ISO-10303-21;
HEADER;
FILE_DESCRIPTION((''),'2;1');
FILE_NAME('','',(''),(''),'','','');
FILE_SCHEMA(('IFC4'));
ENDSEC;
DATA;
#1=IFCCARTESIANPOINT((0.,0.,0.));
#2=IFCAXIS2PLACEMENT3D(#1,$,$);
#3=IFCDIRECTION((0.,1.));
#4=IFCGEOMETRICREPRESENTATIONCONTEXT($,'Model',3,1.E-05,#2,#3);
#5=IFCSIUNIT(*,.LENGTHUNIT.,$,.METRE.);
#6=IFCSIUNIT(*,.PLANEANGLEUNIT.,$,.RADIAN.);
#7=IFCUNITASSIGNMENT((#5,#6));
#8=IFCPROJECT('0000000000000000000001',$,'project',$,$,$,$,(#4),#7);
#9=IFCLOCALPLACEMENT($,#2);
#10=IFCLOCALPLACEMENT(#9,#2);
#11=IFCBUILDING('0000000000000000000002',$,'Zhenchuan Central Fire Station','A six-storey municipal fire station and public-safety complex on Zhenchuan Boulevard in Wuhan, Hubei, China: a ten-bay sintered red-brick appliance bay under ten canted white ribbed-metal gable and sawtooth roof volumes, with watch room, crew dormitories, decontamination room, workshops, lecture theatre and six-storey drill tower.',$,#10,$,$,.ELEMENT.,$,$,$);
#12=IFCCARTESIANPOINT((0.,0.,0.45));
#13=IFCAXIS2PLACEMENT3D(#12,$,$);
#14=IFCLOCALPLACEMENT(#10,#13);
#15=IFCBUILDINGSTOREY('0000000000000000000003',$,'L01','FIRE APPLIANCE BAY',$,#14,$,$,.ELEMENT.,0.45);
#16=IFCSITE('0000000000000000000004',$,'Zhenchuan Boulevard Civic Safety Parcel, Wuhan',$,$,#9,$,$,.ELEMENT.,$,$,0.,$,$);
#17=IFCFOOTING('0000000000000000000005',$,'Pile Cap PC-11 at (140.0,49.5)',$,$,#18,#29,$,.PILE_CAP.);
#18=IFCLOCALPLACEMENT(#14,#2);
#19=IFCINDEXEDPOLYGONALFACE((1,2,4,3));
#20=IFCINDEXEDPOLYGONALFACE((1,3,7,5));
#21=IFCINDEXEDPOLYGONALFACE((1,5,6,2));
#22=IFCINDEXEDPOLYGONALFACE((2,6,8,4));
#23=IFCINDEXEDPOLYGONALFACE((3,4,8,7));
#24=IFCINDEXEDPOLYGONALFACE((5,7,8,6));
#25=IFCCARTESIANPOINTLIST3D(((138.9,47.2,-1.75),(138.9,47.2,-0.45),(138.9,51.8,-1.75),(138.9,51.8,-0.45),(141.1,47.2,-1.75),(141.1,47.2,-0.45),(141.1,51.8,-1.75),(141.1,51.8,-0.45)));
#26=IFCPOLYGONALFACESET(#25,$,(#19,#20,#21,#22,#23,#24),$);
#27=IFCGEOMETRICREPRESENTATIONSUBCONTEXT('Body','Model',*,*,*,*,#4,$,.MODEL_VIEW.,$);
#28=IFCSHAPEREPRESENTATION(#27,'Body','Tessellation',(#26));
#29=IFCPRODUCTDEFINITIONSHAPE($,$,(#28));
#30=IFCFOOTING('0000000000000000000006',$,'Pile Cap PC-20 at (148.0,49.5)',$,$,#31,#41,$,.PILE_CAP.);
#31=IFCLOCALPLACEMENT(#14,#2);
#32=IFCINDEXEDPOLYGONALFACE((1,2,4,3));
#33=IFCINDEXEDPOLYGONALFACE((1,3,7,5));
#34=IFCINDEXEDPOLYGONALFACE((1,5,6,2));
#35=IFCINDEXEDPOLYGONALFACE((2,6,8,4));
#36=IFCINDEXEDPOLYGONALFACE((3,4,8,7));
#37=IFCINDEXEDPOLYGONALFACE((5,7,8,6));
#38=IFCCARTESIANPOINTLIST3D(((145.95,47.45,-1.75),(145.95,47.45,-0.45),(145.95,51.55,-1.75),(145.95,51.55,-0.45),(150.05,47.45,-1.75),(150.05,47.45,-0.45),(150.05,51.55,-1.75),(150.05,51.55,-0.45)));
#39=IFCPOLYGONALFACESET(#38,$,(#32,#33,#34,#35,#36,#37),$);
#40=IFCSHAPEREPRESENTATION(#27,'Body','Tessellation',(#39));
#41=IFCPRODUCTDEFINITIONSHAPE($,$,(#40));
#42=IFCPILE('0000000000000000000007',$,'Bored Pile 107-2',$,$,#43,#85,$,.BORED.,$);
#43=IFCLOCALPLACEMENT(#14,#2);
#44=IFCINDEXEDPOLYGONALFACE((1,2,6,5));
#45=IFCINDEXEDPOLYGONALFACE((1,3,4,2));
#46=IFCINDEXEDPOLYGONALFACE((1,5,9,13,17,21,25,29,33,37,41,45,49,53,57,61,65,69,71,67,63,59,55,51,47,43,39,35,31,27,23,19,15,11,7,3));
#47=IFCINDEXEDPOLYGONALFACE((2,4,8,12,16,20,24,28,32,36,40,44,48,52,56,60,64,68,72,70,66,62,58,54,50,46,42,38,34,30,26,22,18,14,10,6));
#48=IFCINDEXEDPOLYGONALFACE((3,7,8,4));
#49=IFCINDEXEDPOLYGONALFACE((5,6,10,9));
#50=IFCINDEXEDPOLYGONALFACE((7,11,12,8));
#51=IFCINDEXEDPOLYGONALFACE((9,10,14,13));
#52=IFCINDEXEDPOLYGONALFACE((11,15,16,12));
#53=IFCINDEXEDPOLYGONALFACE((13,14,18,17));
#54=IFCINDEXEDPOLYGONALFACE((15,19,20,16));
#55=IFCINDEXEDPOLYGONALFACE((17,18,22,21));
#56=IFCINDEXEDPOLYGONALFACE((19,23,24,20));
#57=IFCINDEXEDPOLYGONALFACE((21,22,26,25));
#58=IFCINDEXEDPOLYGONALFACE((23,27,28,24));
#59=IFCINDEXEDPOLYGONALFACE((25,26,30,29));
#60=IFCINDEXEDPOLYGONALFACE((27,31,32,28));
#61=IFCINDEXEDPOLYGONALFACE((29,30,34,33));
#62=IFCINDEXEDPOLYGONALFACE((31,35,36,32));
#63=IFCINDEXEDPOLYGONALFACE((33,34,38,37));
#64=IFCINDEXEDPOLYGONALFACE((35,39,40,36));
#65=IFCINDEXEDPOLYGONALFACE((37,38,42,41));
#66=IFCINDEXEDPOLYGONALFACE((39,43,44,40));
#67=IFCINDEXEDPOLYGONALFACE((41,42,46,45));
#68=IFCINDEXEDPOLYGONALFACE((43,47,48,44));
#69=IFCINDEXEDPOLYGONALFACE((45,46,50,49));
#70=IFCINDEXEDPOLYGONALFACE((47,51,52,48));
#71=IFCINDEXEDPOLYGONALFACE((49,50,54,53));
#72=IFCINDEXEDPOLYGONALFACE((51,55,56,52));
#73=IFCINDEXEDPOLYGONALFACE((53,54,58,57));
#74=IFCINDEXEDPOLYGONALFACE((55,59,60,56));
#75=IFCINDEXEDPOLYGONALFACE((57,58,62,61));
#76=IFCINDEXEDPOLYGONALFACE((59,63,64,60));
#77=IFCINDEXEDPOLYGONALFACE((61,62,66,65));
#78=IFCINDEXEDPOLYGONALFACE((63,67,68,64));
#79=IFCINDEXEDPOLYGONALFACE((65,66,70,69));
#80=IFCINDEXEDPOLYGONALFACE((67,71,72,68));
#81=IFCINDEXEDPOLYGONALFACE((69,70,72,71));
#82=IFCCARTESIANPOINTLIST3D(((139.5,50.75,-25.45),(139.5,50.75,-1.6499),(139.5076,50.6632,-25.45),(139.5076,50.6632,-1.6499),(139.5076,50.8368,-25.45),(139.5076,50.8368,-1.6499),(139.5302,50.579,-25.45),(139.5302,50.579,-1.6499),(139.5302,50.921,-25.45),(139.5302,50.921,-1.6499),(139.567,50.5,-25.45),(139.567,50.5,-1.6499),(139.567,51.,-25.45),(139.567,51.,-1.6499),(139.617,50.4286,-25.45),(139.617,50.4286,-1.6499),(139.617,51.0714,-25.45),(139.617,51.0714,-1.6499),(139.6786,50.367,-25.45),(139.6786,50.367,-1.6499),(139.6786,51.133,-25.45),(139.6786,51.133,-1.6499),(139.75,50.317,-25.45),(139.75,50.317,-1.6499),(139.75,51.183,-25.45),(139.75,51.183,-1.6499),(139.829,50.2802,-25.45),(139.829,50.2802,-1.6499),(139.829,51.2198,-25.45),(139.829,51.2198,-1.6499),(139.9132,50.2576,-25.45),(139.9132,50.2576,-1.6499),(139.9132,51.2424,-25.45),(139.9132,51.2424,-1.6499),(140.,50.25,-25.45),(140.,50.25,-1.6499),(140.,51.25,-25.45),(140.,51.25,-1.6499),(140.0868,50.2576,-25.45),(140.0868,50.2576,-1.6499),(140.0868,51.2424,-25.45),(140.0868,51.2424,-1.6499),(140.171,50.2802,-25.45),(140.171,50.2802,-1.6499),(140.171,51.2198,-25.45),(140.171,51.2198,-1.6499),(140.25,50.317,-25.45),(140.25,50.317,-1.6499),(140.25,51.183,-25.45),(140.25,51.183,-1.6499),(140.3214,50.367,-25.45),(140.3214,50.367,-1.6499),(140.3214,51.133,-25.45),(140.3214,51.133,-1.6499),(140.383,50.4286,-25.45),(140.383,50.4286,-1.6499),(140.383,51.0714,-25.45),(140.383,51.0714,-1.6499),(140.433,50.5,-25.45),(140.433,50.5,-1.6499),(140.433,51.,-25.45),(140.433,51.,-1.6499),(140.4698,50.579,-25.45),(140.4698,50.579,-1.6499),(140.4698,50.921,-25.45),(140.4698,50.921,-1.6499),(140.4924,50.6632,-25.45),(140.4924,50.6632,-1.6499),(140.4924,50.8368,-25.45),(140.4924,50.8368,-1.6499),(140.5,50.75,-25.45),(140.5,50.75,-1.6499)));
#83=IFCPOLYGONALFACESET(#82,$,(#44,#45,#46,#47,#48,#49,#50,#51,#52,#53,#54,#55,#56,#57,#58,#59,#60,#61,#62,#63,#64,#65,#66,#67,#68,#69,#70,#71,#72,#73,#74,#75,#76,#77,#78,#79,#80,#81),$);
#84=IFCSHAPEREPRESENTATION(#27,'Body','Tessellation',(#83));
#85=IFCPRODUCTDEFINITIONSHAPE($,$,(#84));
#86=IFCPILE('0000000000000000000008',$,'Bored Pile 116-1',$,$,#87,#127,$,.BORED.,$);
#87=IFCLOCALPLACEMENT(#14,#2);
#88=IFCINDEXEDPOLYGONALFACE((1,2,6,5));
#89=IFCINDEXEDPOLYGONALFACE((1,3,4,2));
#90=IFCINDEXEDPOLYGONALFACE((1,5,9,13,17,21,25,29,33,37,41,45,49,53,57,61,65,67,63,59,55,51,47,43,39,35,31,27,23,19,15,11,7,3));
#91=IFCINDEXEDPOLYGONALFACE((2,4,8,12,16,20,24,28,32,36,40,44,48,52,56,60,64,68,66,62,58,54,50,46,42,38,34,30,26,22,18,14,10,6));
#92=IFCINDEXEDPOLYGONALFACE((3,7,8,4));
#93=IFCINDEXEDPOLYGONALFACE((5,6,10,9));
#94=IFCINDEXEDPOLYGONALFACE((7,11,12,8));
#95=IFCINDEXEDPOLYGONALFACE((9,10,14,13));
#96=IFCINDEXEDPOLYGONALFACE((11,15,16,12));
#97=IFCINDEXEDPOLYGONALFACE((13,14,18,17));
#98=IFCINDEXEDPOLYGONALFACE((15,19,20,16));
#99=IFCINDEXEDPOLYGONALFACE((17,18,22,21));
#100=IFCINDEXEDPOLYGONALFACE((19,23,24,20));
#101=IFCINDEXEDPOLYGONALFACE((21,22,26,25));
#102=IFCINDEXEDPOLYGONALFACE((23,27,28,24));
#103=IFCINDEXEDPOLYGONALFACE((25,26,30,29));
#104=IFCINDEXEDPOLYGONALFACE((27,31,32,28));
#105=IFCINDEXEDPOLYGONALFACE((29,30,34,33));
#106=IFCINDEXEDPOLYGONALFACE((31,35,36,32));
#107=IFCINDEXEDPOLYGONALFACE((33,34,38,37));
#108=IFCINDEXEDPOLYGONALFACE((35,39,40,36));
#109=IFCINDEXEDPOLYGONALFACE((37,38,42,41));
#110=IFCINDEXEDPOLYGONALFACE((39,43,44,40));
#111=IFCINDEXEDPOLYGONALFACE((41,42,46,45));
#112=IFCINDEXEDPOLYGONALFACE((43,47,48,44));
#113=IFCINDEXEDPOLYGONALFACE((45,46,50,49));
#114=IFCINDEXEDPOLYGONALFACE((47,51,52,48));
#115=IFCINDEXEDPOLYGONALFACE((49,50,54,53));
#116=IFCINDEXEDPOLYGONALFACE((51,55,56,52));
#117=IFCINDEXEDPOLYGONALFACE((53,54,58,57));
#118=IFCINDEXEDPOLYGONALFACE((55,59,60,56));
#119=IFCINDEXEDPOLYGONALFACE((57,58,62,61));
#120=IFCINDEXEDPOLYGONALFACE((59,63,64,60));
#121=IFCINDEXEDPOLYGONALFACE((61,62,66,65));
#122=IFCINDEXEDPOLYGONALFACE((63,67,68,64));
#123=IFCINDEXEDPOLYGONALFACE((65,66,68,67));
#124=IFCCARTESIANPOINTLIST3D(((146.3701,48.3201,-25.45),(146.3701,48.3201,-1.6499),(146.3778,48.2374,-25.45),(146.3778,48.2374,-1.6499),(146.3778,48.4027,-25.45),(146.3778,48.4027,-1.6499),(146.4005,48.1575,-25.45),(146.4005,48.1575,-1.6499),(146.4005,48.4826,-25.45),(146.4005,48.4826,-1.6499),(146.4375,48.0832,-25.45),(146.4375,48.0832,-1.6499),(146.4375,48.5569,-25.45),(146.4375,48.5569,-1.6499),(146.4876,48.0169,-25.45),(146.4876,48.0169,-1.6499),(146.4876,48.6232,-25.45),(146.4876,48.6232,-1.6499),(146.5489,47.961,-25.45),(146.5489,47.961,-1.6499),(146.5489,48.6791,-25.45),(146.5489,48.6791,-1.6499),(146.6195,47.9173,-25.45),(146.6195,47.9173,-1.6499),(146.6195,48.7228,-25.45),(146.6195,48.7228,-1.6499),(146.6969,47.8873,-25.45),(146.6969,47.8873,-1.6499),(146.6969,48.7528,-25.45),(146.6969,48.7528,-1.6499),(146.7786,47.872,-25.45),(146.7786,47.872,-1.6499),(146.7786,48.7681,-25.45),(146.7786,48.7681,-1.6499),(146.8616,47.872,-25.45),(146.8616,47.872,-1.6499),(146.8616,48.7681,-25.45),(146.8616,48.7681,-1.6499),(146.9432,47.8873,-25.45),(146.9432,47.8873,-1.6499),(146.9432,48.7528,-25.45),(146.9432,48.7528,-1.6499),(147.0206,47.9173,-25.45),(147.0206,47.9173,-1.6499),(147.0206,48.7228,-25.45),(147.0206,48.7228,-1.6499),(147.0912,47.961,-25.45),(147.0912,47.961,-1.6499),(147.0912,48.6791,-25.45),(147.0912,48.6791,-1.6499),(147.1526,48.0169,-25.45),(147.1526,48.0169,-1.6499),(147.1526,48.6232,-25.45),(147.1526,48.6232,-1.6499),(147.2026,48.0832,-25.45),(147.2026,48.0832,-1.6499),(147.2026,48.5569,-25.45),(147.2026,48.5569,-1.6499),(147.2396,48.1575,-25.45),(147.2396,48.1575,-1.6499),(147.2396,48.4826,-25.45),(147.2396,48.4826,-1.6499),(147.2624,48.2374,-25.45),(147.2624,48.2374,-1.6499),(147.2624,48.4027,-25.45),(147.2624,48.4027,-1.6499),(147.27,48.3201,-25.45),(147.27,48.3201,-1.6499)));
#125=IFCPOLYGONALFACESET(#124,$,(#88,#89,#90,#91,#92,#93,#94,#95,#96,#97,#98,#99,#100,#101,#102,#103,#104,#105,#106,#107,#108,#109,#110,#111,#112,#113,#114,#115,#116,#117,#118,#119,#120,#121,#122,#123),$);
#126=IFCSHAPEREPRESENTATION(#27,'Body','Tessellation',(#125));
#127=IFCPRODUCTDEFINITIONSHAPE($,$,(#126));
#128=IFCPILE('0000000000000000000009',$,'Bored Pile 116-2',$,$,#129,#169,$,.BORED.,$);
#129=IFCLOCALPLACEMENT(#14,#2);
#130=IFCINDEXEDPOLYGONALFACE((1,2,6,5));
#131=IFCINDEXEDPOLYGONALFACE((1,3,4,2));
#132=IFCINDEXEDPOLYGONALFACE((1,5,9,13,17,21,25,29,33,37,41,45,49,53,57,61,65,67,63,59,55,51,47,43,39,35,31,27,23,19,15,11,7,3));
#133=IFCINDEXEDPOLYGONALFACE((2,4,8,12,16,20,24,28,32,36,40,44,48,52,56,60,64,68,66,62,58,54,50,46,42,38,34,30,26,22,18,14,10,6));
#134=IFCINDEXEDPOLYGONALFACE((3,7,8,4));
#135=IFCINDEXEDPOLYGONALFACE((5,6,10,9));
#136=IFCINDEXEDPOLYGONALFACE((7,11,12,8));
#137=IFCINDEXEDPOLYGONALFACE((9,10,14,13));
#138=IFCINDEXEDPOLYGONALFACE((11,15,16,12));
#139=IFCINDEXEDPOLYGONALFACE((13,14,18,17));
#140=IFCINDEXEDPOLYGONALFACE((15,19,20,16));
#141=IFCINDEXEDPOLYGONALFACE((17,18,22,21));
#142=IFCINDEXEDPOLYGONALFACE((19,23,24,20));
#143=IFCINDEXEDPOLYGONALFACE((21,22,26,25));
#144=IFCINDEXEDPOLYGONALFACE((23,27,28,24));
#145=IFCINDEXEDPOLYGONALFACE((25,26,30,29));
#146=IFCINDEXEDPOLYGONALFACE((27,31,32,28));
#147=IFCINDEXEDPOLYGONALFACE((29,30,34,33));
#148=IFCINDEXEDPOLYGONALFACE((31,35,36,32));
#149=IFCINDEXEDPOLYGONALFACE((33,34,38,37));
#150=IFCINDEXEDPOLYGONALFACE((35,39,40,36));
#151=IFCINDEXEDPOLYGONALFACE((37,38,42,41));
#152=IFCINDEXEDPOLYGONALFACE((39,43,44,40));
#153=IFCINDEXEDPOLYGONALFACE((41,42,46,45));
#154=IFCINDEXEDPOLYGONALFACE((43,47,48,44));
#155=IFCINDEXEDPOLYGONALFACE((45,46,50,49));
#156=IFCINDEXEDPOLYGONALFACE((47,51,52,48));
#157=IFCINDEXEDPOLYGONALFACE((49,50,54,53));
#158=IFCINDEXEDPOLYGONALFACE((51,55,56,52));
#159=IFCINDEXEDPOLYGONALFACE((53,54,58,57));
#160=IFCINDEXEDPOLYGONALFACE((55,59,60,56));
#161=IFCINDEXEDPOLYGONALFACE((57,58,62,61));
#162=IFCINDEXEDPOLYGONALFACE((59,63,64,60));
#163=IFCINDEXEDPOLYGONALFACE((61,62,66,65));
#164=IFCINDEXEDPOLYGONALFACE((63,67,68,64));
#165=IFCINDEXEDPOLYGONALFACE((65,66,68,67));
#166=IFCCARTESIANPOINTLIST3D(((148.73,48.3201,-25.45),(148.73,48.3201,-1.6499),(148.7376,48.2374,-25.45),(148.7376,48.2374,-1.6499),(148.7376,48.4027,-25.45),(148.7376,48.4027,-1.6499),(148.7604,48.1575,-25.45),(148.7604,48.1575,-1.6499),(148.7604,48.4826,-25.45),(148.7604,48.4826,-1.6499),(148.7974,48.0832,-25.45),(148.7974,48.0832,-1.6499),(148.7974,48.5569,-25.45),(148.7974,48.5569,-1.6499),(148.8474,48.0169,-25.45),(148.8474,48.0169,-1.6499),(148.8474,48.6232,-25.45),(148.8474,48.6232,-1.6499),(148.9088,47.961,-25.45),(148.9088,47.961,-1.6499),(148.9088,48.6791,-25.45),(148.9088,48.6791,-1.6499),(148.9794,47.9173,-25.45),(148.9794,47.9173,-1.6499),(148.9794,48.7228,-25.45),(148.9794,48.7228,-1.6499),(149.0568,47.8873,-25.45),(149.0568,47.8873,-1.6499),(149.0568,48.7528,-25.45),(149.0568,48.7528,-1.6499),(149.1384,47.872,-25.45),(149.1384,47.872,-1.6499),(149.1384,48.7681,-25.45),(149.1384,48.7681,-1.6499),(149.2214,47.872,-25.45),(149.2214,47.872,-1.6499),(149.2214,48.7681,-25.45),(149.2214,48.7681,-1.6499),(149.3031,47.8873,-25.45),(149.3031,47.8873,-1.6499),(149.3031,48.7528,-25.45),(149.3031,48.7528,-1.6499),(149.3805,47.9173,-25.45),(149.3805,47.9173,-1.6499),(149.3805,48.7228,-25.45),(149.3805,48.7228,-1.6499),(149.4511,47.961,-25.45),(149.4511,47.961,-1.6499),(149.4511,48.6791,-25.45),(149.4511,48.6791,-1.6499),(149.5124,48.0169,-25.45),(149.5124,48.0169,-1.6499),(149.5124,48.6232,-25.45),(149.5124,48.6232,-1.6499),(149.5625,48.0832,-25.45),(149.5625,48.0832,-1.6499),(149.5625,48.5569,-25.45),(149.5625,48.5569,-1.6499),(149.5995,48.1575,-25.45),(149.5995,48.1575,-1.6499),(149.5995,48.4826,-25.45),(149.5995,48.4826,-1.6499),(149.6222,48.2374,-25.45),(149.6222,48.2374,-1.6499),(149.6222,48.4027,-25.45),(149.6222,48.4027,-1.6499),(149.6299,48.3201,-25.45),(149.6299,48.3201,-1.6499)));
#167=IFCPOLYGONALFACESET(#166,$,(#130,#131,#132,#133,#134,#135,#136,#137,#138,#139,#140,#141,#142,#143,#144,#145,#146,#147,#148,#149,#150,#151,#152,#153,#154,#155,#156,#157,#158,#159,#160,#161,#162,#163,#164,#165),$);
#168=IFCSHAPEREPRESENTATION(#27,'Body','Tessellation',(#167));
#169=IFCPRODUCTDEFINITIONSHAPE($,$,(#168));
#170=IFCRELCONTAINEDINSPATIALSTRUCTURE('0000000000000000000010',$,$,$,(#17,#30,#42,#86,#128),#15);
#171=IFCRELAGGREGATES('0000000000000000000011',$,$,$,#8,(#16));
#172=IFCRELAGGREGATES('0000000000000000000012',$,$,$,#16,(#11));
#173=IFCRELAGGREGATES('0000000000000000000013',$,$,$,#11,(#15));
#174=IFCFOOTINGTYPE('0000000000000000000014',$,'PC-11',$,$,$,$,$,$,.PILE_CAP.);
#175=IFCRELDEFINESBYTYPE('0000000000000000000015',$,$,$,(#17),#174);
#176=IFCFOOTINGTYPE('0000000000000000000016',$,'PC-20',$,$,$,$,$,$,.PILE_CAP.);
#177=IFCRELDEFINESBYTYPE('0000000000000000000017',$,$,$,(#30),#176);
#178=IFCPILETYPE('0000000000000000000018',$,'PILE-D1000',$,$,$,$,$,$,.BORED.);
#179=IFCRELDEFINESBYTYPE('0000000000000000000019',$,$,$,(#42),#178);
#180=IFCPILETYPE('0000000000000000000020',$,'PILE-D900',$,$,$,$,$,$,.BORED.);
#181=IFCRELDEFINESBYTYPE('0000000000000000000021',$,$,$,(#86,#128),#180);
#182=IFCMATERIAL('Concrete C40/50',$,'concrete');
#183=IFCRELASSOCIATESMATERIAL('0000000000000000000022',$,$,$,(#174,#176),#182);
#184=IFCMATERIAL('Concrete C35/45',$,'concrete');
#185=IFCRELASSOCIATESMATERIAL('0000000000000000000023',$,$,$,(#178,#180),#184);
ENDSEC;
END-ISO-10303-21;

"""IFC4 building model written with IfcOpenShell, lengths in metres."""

from ifc_helpers import new_model, si_unit, direction, frame, origin, origin_2d, place, context, subcontext, project, spatial, rectangle, circle, extrude, material, material_profile, profile_set, type_object, element, save


model = new_model("IFC4")

# Units and contexts
model_context = context("Model", 3, precision=1e-05, world=origin(), true_north=direction((0.0, 1.0)))
body_context = subcontext(model_context, "Body", "Model", "MODEL_VIEW")
ifc_project = project(units=[si_unit("LENGTHUNIT", "METRE"), si_unit("PLANEANGLEUNIT", "RADIAN")], contexts=[model_context])

# Site, building, storey
site_placement = place(None, origin())
site = spatial("IfcSite", under=ifc_project, at=site_placement, Name="Zhenchuan Boulevard Civic Safety Parcel, Wuhan", CompositionType="ELEMENT", RefElevation=0.0)
building_placement = place(site_placement, origin())
building = spatial("IfcBuilding", under=site, at=building_placement, Name="Zhenchuan Central Fire Station", Description="A six-storey municipal fire station and public-safety complex on Zhenchuan Boulevard in Wuhan, Hubei, China: a ten-bay sintered red-brick appliance bay under ten canted white ribbed-metal gable and sawtooth roof volumes, with watch room, crew dormitories, decontamination room, workshops, lecture theatre and six-storey drill tower.", CompositionType="ELEMENT")
storey_placement = place(building_placement, frame((0.0, 0.0, 0.45)))
storey = spatial("IfcBuildingStorey", under=building, at=storey_placement, Name="L01", Description="FIRE APPLIANCE BAY", CompositionType="ELEMENT", Elevation=0.45)

# Footings
ifc_material_1 = material(Name="Concrete C40/50", Category="concrete")
footing_type_1 = type_object("IfcFootingType", Name="PC-11", PredefinedType="PILE_CAP", material=ifc_material_1)
footing_1_placement = place(storey_placement, frame((140.0, 49.5, -1.75), z_axis=(0.0, 0.0, 1.0), x_axis=(1.0, 0.0, 0.0)))
element("IfcFooting", 1, at=footing_1_placement, inside=storey, type_object=footing_type_1, Name="Pile Cap PC-11 at (140.0,49.5)", PredefinedType="PILE_CAP", context=body_context, shape_type="SweptSolid", body=[
    extrude(rectangle(XDim=2.2, YDim=4.6001, at=origin_2d()), origin(), (0.0, 0.0, 1.0), 1.3),
])
footing_type_2 = type_object("IfcFootingType", Name="PC-20", PredefinedType="PILE_CAP", material=ifc_material_1)
footing_2_placement = place(storey_placement, frame((148.0, 49.5, -1.75), z_axis=(0.0, 0.0, 1.0), x_axis=(1.0, 0.0, 0.0)))
element("IfcFooting", 2, at=footing_2_placement, inside=storey, type_object=footing_type_2, Name="Pile Cap PC-20 at (148.0,49.5)", PredefinedType="PILE_CAP", context=body_context, shape_type="SweptSolid", body=[
    extrude(rectangle(XDim=4.1001, YDim=4.1001, at=origin_2d()), origin(), (0.0, 0.0, 1.0), 1.3),
])

# Piles
ifc_material_2 = material(Name="Concrete C35/45", Category="concrete")
ifc_material_profile_1 = material_profile(ifc_material_2, circle(Radius=0.5, at=origin_2d()), Name="PILE D1000")
ifc_profile_set_1 = profile_set([ifc_material_profile_1], Name="Concrete C35/45")
pile_type_1 = type_object("IfcPileType", Name="PILE-D1000", PredefinedType="BORED", material=ifc_profile_set_1)
pile_placement = place(storey_placement, frame((140.0, 50.75, -1.6499), z_axis=(0.0, 0.0, -1.0), x_axis=(1.0, 0.0, 0.0)))
element("IfcPile", 3, at=pile_placement, inside=storey, type_object=pile_type_1, Name="Bored Pile 107-2", PredefinedType="BORED", context=body_context, shape_type="SweptSolid", body=[
    extrude(circle(Radius=0.5, at=origin_2d()), origin(), (0.0, 0.0, 1.0), 23.8),
])
ifc_material_profile_2 = material_profile(ifc_material_2, circle(Radius=0.45, at=origin_2d()), Name="PILE D900")
ifc_profile_set_2 = profile_set([ifc_material_profile_2], Name="Concrete C35/45")
pile_type_2 = type_object("IfcPileType", Name="PILE-D900", PredefinedType="BORED", material=ifc_profile_set_2)
for number, where, z_axis, x_axis, name in (
    (4, (146.8201, 48.3201, -1.6499), (0.0, 0.0, -1.0), (1.0, 0.0, 0.0), "Bored Pile 116-1"),
    (5, (149.1799, 48.3201, -1.6499), (0.0, 0.0, -1.0), (1.0, 0.0, 0.0), "Bored Pile 116-2"),
):
    element("IfcPile", number, at=place(storey_placement, frame(where, z_axis=z_axis, x_axis=x_axis)), inside=storey, type_object=pile_type_2, Name=name, PredefinedType="BORED", context=body_context, shape_type="SweptSolid", body=[
        extrude(circle(Radius=0.45, at=origin_2d()), origin(), (0.0, 0.0, 1.0), 23.8),
    ])

save(model, "model.ifc")
